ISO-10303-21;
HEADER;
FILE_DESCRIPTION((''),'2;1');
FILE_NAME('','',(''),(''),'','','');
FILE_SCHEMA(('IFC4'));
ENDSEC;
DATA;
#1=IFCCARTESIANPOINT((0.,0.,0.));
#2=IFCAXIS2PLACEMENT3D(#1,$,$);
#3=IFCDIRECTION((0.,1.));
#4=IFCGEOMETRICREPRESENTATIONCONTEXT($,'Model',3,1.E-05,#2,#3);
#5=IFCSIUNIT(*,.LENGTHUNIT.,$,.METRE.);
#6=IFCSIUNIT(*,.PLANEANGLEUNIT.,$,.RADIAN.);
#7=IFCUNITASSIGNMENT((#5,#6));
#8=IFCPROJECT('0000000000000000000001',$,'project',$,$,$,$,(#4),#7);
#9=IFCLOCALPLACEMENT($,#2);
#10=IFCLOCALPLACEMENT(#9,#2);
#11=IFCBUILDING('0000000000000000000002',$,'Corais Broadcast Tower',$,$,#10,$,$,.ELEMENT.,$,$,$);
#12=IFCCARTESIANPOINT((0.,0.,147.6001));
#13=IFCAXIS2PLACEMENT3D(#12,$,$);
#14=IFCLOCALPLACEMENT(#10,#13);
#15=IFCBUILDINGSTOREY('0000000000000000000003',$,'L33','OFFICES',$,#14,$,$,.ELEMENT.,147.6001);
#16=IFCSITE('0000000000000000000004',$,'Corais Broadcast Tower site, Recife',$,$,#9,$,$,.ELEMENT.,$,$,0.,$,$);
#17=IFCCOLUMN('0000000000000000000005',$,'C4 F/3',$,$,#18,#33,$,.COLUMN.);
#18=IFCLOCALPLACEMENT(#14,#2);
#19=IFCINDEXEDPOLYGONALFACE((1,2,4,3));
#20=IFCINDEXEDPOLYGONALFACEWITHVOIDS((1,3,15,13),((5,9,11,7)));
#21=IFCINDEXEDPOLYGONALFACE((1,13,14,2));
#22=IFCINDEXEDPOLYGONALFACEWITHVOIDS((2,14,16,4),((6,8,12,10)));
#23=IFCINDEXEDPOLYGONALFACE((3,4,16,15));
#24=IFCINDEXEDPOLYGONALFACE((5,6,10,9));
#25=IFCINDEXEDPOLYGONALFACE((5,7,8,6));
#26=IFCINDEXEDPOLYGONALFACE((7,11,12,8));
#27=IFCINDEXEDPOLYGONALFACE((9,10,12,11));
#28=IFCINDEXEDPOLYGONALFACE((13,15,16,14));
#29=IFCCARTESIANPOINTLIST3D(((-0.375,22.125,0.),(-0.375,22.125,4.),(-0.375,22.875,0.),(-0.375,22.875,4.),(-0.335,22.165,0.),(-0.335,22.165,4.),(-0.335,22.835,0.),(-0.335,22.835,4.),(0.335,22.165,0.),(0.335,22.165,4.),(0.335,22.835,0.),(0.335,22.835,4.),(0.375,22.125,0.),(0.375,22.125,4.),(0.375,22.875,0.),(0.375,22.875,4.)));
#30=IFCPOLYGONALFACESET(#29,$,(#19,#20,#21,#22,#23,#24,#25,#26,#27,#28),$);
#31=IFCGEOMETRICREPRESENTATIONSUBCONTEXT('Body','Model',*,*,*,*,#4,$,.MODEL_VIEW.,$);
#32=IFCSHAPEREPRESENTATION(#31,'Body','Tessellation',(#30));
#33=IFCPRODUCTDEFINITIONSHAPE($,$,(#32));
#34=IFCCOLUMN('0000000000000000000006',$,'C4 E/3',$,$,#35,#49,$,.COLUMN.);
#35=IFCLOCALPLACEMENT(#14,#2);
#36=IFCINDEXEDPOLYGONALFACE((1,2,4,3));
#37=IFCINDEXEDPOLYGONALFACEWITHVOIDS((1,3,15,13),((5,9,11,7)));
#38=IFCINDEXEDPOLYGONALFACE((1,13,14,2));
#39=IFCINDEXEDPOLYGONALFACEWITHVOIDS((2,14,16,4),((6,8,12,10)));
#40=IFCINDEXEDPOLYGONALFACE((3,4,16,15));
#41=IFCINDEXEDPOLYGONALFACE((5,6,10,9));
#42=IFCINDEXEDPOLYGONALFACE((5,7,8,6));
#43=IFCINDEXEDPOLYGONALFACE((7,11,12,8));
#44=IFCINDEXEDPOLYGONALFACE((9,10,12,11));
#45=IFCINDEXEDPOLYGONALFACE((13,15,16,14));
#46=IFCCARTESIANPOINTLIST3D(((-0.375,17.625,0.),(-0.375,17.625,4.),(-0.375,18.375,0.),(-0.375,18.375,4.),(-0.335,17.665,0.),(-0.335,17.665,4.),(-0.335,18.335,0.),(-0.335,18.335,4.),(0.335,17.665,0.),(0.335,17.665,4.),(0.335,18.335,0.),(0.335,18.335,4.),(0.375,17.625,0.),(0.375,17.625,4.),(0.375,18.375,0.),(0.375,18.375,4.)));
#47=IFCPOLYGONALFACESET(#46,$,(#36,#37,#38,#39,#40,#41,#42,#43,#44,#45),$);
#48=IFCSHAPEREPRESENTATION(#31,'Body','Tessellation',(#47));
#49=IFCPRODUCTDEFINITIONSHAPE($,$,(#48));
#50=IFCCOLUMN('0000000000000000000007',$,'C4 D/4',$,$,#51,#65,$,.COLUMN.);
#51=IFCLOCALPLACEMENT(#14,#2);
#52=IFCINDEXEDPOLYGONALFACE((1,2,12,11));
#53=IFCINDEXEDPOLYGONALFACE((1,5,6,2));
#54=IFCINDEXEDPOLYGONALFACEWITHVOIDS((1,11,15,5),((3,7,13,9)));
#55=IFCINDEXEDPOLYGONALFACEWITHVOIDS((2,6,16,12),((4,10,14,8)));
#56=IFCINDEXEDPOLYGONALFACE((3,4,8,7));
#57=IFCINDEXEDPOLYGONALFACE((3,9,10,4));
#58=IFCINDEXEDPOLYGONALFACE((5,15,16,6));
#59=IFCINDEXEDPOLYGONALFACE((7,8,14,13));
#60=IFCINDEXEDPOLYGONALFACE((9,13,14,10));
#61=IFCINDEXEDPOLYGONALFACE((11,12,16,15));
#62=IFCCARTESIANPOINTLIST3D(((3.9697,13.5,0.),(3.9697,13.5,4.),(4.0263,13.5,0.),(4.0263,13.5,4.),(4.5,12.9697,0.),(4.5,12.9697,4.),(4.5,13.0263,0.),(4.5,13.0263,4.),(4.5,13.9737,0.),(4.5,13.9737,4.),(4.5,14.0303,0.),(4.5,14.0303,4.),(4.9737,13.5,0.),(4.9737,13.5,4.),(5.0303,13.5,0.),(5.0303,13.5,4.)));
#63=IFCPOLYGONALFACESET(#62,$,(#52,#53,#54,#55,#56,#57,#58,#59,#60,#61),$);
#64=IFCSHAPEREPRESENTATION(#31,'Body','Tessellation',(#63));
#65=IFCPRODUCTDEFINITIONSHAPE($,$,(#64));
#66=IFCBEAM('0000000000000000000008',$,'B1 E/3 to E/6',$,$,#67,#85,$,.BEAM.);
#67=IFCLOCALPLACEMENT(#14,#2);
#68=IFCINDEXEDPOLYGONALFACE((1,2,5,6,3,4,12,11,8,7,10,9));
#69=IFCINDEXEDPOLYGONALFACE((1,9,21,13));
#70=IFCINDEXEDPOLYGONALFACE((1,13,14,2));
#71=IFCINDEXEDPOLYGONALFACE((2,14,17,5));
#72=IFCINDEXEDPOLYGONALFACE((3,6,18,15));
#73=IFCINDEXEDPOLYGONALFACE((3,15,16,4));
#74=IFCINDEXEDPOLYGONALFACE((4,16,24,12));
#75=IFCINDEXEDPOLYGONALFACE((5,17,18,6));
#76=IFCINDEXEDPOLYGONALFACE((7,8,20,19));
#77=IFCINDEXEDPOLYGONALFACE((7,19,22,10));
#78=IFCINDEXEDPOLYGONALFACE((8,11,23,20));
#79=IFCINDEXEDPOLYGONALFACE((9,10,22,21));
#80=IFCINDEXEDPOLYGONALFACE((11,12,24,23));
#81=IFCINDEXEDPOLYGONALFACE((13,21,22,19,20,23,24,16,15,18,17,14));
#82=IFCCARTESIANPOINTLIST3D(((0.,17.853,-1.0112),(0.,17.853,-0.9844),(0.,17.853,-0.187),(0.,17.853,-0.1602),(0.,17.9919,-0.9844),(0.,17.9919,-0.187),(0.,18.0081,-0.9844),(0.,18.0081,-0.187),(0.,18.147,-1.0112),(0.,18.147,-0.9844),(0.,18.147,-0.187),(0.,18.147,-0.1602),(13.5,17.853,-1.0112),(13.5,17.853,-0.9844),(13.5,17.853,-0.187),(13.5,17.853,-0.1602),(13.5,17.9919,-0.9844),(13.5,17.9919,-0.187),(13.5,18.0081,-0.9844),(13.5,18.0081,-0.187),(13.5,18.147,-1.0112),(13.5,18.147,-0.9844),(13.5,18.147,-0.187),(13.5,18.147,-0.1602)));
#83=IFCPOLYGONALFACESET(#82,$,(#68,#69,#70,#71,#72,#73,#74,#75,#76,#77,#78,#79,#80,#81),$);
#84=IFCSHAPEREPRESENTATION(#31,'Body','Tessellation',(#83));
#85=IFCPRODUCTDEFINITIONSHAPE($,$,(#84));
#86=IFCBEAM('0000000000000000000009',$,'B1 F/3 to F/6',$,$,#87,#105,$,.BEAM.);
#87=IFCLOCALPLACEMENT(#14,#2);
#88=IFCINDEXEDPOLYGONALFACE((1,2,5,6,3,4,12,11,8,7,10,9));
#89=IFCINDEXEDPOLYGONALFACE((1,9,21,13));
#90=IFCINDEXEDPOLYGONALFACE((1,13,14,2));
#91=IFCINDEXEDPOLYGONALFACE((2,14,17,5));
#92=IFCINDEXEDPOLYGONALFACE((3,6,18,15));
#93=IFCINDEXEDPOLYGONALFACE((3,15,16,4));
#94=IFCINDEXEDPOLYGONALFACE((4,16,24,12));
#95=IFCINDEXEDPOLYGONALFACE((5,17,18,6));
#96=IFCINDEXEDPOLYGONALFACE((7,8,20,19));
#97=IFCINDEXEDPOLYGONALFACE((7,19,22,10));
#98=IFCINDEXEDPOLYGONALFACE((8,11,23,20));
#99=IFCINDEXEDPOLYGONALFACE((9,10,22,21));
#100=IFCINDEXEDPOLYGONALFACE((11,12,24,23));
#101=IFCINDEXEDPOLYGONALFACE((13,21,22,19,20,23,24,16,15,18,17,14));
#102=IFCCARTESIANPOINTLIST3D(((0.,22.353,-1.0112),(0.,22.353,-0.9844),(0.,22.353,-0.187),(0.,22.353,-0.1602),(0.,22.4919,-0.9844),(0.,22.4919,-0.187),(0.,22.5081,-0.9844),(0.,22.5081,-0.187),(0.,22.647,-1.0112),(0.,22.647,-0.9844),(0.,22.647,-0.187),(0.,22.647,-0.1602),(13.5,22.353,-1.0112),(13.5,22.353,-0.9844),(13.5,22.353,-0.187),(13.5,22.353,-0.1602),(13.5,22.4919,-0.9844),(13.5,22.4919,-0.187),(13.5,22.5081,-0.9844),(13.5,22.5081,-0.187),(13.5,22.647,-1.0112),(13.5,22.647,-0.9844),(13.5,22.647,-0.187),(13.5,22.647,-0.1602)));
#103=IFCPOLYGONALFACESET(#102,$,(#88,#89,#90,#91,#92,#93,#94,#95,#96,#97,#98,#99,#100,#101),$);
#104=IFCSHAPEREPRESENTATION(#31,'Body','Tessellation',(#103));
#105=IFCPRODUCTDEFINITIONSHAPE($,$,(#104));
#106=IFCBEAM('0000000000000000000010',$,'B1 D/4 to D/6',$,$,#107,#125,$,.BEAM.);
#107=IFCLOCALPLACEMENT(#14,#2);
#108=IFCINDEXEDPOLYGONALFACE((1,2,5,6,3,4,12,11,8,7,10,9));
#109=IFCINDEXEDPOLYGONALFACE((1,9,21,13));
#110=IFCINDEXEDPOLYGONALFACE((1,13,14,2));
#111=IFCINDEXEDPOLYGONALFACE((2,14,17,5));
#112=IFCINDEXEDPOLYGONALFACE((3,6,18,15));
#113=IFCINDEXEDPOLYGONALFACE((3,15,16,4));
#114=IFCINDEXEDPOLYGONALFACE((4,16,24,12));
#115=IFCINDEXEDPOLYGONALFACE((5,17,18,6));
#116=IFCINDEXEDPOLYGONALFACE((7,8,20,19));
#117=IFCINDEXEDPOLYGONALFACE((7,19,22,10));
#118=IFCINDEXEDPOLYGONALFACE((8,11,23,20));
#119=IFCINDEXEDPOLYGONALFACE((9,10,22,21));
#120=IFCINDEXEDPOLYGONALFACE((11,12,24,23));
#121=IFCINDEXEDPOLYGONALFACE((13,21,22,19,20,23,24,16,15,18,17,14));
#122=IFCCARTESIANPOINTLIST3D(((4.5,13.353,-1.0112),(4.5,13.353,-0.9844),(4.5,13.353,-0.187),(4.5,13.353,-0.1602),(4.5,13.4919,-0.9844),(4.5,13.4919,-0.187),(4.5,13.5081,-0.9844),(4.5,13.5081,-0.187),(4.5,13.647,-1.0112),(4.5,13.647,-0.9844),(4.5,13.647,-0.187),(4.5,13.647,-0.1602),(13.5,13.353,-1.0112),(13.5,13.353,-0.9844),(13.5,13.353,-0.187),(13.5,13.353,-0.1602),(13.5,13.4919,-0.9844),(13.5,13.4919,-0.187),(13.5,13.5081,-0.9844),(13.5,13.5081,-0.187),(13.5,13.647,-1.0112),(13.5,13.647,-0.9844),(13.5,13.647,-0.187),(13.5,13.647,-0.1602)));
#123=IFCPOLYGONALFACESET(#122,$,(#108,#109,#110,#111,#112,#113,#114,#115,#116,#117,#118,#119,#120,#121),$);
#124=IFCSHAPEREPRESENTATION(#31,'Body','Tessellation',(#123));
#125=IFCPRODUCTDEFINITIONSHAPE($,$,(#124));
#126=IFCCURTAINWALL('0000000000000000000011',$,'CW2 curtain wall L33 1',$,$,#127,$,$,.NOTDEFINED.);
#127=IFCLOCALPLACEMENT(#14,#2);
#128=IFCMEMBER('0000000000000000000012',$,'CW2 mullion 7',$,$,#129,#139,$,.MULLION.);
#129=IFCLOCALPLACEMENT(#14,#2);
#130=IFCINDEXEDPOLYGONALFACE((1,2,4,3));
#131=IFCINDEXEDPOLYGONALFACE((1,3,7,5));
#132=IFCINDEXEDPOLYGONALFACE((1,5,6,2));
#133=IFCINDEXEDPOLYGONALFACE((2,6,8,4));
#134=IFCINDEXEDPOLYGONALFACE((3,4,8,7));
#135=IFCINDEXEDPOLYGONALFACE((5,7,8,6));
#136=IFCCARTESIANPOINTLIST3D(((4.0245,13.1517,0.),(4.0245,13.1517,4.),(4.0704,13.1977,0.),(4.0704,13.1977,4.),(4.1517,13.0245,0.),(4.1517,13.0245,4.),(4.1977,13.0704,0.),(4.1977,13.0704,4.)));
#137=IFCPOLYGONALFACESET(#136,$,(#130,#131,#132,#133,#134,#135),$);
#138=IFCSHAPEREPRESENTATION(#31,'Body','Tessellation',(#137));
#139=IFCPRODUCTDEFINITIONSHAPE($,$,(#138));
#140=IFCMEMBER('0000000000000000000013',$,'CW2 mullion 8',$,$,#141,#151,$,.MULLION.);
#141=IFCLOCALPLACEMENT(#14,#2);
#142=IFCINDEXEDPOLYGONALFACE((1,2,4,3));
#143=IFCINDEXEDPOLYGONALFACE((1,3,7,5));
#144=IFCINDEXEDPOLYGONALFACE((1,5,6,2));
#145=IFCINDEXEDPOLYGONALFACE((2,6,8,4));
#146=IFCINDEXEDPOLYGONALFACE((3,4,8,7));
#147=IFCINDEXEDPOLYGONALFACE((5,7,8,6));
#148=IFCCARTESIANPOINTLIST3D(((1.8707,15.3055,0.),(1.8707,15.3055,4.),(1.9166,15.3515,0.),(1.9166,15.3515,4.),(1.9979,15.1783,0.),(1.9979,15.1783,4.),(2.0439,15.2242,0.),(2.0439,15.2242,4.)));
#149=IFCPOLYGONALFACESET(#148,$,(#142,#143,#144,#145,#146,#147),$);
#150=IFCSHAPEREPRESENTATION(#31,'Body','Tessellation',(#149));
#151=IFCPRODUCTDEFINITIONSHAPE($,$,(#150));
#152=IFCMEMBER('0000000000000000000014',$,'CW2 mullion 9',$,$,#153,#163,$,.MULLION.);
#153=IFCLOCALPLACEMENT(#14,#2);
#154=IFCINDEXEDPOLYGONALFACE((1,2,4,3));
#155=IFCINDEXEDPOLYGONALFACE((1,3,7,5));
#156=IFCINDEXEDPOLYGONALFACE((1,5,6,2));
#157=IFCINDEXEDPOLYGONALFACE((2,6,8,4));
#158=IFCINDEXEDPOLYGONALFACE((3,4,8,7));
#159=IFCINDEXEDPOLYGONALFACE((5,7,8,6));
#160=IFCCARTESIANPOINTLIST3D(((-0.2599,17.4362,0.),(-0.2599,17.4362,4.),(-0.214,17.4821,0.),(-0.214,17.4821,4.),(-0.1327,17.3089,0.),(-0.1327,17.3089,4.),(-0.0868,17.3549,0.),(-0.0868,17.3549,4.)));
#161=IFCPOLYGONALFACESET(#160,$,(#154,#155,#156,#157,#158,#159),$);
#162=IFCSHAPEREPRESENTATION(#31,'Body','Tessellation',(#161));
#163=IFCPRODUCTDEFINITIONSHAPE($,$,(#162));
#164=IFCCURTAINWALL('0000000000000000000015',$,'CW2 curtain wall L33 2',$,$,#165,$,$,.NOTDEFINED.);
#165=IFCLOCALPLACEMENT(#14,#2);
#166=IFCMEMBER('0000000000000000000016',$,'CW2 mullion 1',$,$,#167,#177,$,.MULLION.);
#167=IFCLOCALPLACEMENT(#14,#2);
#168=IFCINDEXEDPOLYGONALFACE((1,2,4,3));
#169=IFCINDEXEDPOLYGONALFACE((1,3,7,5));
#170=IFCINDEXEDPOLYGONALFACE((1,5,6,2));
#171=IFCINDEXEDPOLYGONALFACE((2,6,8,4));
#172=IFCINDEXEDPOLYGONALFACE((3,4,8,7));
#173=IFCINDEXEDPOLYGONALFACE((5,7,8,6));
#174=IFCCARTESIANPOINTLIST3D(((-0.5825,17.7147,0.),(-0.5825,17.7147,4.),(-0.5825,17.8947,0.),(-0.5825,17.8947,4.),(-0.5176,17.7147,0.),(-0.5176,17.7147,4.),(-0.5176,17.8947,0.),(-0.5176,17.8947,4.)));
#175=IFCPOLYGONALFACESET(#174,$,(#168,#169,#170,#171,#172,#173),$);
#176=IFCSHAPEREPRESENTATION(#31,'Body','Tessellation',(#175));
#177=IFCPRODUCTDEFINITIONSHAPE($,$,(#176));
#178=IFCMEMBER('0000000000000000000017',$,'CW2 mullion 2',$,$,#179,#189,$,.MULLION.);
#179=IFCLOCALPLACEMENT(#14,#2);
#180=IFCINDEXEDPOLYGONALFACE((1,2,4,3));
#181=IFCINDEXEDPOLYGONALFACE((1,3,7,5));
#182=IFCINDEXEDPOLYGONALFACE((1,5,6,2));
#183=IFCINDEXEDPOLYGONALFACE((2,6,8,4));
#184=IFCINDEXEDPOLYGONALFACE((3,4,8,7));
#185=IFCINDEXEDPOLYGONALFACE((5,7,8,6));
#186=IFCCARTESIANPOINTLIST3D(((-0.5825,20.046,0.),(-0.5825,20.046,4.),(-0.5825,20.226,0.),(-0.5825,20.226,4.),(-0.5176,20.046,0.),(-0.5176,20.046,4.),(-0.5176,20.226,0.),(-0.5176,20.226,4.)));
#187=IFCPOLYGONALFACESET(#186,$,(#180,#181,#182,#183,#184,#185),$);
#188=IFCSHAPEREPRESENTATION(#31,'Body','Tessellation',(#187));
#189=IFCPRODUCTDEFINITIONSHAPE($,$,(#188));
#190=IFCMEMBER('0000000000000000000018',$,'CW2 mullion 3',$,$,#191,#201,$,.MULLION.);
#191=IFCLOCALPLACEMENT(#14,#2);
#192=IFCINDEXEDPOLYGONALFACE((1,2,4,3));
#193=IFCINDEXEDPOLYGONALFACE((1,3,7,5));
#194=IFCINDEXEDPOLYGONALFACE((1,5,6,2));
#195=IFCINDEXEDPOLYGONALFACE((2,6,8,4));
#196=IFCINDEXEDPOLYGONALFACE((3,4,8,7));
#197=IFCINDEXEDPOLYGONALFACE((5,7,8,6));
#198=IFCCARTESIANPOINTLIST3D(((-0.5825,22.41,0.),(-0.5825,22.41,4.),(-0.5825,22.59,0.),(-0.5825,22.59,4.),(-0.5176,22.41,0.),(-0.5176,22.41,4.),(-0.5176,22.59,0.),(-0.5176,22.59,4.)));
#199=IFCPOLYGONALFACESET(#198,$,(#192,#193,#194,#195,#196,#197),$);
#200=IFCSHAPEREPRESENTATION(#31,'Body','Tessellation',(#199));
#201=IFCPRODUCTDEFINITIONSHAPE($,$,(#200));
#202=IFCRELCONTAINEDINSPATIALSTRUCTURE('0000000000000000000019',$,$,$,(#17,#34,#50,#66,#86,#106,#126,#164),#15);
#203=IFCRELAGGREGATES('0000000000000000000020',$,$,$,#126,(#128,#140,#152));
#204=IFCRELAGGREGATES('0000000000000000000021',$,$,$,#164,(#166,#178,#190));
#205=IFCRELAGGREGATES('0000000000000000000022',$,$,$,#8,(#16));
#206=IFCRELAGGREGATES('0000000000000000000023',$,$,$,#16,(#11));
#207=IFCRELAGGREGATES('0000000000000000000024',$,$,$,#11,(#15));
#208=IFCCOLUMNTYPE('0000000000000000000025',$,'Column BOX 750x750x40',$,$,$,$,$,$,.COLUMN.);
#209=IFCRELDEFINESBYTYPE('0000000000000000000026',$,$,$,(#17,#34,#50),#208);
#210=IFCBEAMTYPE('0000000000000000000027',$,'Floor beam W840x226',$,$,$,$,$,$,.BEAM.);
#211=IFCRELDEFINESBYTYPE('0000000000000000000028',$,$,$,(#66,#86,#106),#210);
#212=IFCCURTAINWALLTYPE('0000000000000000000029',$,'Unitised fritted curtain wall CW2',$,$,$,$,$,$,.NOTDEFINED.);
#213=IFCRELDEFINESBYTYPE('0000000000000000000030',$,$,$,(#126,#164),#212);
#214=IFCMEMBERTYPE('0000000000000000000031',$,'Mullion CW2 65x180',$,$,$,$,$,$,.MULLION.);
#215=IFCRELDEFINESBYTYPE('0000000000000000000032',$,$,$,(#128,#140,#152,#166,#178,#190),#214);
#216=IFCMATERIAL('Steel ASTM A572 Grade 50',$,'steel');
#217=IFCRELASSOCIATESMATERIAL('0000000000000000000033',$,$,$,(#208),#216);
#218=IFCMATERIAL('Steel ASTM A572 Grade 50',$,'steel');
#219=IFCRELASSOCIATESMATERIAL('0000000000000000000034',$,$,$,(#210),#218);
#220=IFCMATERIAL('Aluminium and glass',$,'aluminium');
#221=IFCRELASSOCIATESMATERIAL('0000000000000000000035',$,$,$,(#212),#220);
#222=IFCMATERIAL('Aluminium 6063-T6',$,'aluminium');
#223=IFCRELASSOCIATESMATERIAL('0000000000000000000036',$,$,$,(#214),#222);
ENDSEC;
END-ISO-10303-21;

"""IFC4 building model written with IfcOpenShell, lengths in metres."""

from ifc_helpers import new_model, si_unit, direction, frame, origin, origin_2d, place, context, subcontext, project, spatial, rectangle, hollow_rectangle, i_section, extrude, material, material_profile, profile_set, type_object, element, aggregate, save


model = new_model("IFC4")

# Units and contexts
model_context = context("Model", 3, precision=1e-05, world=origin(), true_north=direction((0.0, 1.0)))
body_context = subcontext(model_context, "Body", "Model", "MODEL_VIEW")
ifc_project = project(units=[si_unit("LENGTHUNIT", "METRE"), si_unit("PLANEANGLEUNIT", "RADIAN")], contexts=[model_context])

# Site, building, storey
site_placement = place(None, origin())
site = spatial("IfcSite", under=ifc_project, at=site_placement, Name="Corais Broadcast Tower site, Recife", CompositionType="ELEMENT", RefElevation=0.0)
building_placement = place(site_placement, origin())
building = spatial("IfcBuilding", under=site, at=building_placement, Name="Corais Broadcast Tower", CompositionType="ELEMENT")
storey_placement = place(building_placement, frame((0.0, 0.0, 147.6001)))
storey = spatial("IfcBuildingStorey", under=building, at=storey_placement, Name="L33", Description="OFFICES", CompositionType="ELEMENT", Elevation=147.6001)

# Columns
ifc_material_1 = material(Name="Steel ASTM A572 Grade 50", Category="steel")
ifc_material_profile_1 = material_profile(ifc_material_1, hollow_rectangle(XDim=0.75, YDim=0.75, WallThickness=0.04, at=origin_2d()), Name="BOX 750x750x40")
ifc_profile_set_1 = profile_set([ifc_material_profile_1], Name="Steel ASTM A572 Grade 50")
column_type = type_object("IfcColumnType", Name="Column BOX 750x750x40", PredefinedType="COLUMN", material=ifc_profile_set_1)
for number, where, z_axis, x_axis, name in (
    (1, (0.0, 22.5, 0.0), (0.0, 0.0, 1.0), (1.0, 0.0, 0.0), "C4 F/3"),
    (2, (0.0, 18.0, 0.0), (0.0, 0.0, 1.0), (1.0, 0.0, 0.0), "C4 E/3"),
    (3, (4.5, 13.5, 0.0), (0.0, 0.0, 1.0), (0.707107, 0.707107, 0.0), "C4 D/4"),
):
    element("IfcColumn", number, at=place(storey_placement, frame(where, z_axis=z_axis, x_axis=x_axis)), inside=storey, type_object=column_type, Name=name, PredefinedType="COLUMN", context=body_context, shape_type="SweptSolid", body=[
        extrude(hollow_rectangle(XDim=0.75, YDim=0.75, WallThickness=0.04, at=origin_2d()), origin(), (0.0, 0.0, 1.0), 4.0),
    ])

# Beams
ifc_material_2 = material(Name="Steel ASTM A572 Grade 50", Category="steel")
ifc_material_profile_2 = material_profile(ifc_material_2, i_section(OverallWidth=0.2939, OverallDepth=0.8511, WebThickness=0.0161, FlangeThickness=0.0269, at=origin_2d()), Name="W840x226")
ifc_profile_set_2 = profile_set([ifc_material_profile_2], Name="Steel ASTM A572 Grade 50")
beam_type_1 = type_object("IfcBeamType", Name="Floor beam W840x226", PredefinedType="BEAM", material=ifc_profile_set_2)
for number, where, z_axis, x_axis, name in (
    (4, (0.0, 18.0, -0.5857), (1.0, 0.0, 0.0), (0.0, 1.0, 0.0), "B1 E/3 to E/6"),
    (5, (0.0, 22.5, -0.5857), (1.0, 0.0, 0.0), (0.0, 1.0, 0.0), "B1 F/3 to F/6"),
):
    element("IfcBeam", number, at=place(storey_placement, frame(where, z_axis=z_axis, x_axis=x_axis)), inside=storey, type_object=beam_type_1, Name=name, PredefinedType="BEAM", context=body_context, shape_type="SweptSolid", body=[
        extrude(i_section(OverallWidth=0.2939, OverallDepth=0.8511, WebThickness=0.0161, FlangeThickness=0.0269, at=origin_2d()), origin(), (0.0, 0.0, 1.0), 13.5),
    ])
beam_1_placement = place(storey_placement, frame((4.5, 13.5, -0.5857), z_axis=(1.0, 0.0, 0.0), x_axis=(0.0, 1.0, 0.0)))
element("IfcBeam", 6, at=beam_1_placement, inside=storey, type_object=beam_type_1, Name="B1 D/4 to D/6", PredefinedType="BEAM", context=body_context, shape_type="SweptSolid", body=[
    extrude(i_section(OverallWidth=0.2939, OverallDepth=0.8511, WebThickness=0.0161, FlangeThickness=0.0269, at=origin_2d()), origin(), (0.0, 0.0, 1.0), 9.0),
])

# Curtain walls, members
ifc_material_3 = material(Name="Aluminium and glass", Category="aluminium")
curtain_wall_type = type_object("IfcCurtainWallType", Name="Unitised fritted curtain wall CW2", PredefinedType="NOTDEFINED", material=ifc_material_3)
curtain_wall_1_placement = place(storey_placement, origin())
curtain_wall_1 = element("IfcCurtainWall", 7, at=curtain_wall_1_placement, inside=storey, type_object=curtain_wall_type, Name="CW2 curtain wall L33 1", PredefinedType="NOTDEFINED")
ifc_material_4 = material(Name="Aluminium 6063-T6", Category="aluminium")
ifc_material_profile_3 = material_profile(ifc_material_4, rectangle(XDim=0.0649, YDim=0.1799, at=origin_2d()), Name="Mullion CW2 65x180")
ifc_profile_set_3 = profile_set([ifc_material_profile_3], Name="Aluminium 6063-T6")
member_type_1 = type_object("IfcMemberType", Name="Mullion CW2 65x180", PredefinedType="MULLION", material=ifc_profile_set_3)
member_1_placement = place(storey_placement, frame((4.1111, 13.1111, 0.0), z_axis=(0.0, 0.0, 1.0), x_axis=(-0.707107, -0.707107, 0.0)))
member_1 = element("IfcMember", 8, at=member_1_placement, type_object=member_type_1, Name="CW2 mullion 7", PredefinedType="MULLION", context=body_context, shape_type="SweptSolid", body=[
    extrude(rectangle(XDim=0.0649, YDim=0.1799, at=origin_2d()), origin(), (0.0, 0.0, 1.0), 4.0),
])
member_2_placement = place(storey_placement, frame((1.9573, 15.2649, 0.0), z_axis=(0.0, 0.0, 1.0), x_axis=(-0.707107, -0.707107, 0.0)))
member_2 = element("IfcMember", 9, at=member_2_placement, type_object=member_type_1, Name="CW2 mullion 8", PredefinedType="MULLION", context=body_context, shape_type="SweptSolid", body=[
    extrude(rectangle(XDim=0.0649, YDim=0.1799, at=origin_2d()), origin(), (0.0, 0.0, 1.0), 4.0),
])
member_3_placement = place(storey_placement, frame((-0.1733, 17.3955, 0.0), z_axis=(0.0, 0.0, 1.0), x_axis=(-0.707107, -0.707107, 0.0)))
member_3 = element("IfcMember", 10, at=member_3_placement, type_object=member_type_1, Name="CW2 mullion 9", PredefinedType="MULLION", context=body_context, shape_type="SweptSolid", body=[
    extrude(rectangle(XDim=0.0649, YDim=0.1799, at=origin_2d()), origin(), (0.0, 0.0, 1.0), 4.0),
])
curtain_wall_2_placement = place(storey_placement, origin())
curtain_wall_2 = element("IfcCurtainWall", 11, at=curtain_wall_2_placement, inside=storey, type_object=curtain_wall_type, Name="CW2 curtain wall L33 2", PredefinedType="NOTDEFINED")
member_4_placement = place(storey_placement, frame((-0.55, 17.8047, 0.0), z_axis=(0.0, 0.0, 1.0), x_axis=(-1.0, 0.0, 0.0)))
member_4 = element("IfcMember", 12, at=member_4_placement, type_object=member_type_1, Name="CW2 mullion 1", PredefinedType="MULLION", context=body_context, shape_type="SweptSolid", body=[
    extrude(rectangle(XDim=0.0649, YDim=0.1799, at=origin_2d()), origin(), (0.0, 0.0, 1.0), 4.0),
])
member_5_placement = place(storey_placement, frame((-0.55, 20.136, 0.0), z_axis=(0.0, 0.0, 1.0), x_axis=(-1.0, 0.0, 0.0)))
member_5 = element("IfcMember", 13, at=member_5_placement, type_object=member_type_1, Name="CW2 mullion 2", PredefinedType="MULLION", context=body_context, shape_type="SweptSolid", body=[
    extrude(rectangle(XDim=0.0649, YDim=0.1799, at=origin_2d()), origin(), (0.0, 0.0, 1.0), 4.0),
])
member_6_placement = place(storey_placement, frame((-0.55, 22.5, 0.0), z_axis=(0.0, 0.0, 1.0), x_axis=(-1.0, 0.0, 0.0)))
member_6 = element("IfcMember", 14, at=member_6_placement, type_object=member_type_1, Name="CW2 mullion 3", PredefinedType="MULLION", context=body_context, shape_type="SweptSolid", body=[
    extrude(rectangle(XDim=0.0649, YDim=0.1799, at=origin_2d()), origin(), (0.0, 0.0, 1.0), 4.0),
])

aggregate(curtain_wall_1, [member_1, member_2, member_3])
aggregate(curtain_wall_2, [member_4, member_5, member_6])

save(model, "model.ifc")
